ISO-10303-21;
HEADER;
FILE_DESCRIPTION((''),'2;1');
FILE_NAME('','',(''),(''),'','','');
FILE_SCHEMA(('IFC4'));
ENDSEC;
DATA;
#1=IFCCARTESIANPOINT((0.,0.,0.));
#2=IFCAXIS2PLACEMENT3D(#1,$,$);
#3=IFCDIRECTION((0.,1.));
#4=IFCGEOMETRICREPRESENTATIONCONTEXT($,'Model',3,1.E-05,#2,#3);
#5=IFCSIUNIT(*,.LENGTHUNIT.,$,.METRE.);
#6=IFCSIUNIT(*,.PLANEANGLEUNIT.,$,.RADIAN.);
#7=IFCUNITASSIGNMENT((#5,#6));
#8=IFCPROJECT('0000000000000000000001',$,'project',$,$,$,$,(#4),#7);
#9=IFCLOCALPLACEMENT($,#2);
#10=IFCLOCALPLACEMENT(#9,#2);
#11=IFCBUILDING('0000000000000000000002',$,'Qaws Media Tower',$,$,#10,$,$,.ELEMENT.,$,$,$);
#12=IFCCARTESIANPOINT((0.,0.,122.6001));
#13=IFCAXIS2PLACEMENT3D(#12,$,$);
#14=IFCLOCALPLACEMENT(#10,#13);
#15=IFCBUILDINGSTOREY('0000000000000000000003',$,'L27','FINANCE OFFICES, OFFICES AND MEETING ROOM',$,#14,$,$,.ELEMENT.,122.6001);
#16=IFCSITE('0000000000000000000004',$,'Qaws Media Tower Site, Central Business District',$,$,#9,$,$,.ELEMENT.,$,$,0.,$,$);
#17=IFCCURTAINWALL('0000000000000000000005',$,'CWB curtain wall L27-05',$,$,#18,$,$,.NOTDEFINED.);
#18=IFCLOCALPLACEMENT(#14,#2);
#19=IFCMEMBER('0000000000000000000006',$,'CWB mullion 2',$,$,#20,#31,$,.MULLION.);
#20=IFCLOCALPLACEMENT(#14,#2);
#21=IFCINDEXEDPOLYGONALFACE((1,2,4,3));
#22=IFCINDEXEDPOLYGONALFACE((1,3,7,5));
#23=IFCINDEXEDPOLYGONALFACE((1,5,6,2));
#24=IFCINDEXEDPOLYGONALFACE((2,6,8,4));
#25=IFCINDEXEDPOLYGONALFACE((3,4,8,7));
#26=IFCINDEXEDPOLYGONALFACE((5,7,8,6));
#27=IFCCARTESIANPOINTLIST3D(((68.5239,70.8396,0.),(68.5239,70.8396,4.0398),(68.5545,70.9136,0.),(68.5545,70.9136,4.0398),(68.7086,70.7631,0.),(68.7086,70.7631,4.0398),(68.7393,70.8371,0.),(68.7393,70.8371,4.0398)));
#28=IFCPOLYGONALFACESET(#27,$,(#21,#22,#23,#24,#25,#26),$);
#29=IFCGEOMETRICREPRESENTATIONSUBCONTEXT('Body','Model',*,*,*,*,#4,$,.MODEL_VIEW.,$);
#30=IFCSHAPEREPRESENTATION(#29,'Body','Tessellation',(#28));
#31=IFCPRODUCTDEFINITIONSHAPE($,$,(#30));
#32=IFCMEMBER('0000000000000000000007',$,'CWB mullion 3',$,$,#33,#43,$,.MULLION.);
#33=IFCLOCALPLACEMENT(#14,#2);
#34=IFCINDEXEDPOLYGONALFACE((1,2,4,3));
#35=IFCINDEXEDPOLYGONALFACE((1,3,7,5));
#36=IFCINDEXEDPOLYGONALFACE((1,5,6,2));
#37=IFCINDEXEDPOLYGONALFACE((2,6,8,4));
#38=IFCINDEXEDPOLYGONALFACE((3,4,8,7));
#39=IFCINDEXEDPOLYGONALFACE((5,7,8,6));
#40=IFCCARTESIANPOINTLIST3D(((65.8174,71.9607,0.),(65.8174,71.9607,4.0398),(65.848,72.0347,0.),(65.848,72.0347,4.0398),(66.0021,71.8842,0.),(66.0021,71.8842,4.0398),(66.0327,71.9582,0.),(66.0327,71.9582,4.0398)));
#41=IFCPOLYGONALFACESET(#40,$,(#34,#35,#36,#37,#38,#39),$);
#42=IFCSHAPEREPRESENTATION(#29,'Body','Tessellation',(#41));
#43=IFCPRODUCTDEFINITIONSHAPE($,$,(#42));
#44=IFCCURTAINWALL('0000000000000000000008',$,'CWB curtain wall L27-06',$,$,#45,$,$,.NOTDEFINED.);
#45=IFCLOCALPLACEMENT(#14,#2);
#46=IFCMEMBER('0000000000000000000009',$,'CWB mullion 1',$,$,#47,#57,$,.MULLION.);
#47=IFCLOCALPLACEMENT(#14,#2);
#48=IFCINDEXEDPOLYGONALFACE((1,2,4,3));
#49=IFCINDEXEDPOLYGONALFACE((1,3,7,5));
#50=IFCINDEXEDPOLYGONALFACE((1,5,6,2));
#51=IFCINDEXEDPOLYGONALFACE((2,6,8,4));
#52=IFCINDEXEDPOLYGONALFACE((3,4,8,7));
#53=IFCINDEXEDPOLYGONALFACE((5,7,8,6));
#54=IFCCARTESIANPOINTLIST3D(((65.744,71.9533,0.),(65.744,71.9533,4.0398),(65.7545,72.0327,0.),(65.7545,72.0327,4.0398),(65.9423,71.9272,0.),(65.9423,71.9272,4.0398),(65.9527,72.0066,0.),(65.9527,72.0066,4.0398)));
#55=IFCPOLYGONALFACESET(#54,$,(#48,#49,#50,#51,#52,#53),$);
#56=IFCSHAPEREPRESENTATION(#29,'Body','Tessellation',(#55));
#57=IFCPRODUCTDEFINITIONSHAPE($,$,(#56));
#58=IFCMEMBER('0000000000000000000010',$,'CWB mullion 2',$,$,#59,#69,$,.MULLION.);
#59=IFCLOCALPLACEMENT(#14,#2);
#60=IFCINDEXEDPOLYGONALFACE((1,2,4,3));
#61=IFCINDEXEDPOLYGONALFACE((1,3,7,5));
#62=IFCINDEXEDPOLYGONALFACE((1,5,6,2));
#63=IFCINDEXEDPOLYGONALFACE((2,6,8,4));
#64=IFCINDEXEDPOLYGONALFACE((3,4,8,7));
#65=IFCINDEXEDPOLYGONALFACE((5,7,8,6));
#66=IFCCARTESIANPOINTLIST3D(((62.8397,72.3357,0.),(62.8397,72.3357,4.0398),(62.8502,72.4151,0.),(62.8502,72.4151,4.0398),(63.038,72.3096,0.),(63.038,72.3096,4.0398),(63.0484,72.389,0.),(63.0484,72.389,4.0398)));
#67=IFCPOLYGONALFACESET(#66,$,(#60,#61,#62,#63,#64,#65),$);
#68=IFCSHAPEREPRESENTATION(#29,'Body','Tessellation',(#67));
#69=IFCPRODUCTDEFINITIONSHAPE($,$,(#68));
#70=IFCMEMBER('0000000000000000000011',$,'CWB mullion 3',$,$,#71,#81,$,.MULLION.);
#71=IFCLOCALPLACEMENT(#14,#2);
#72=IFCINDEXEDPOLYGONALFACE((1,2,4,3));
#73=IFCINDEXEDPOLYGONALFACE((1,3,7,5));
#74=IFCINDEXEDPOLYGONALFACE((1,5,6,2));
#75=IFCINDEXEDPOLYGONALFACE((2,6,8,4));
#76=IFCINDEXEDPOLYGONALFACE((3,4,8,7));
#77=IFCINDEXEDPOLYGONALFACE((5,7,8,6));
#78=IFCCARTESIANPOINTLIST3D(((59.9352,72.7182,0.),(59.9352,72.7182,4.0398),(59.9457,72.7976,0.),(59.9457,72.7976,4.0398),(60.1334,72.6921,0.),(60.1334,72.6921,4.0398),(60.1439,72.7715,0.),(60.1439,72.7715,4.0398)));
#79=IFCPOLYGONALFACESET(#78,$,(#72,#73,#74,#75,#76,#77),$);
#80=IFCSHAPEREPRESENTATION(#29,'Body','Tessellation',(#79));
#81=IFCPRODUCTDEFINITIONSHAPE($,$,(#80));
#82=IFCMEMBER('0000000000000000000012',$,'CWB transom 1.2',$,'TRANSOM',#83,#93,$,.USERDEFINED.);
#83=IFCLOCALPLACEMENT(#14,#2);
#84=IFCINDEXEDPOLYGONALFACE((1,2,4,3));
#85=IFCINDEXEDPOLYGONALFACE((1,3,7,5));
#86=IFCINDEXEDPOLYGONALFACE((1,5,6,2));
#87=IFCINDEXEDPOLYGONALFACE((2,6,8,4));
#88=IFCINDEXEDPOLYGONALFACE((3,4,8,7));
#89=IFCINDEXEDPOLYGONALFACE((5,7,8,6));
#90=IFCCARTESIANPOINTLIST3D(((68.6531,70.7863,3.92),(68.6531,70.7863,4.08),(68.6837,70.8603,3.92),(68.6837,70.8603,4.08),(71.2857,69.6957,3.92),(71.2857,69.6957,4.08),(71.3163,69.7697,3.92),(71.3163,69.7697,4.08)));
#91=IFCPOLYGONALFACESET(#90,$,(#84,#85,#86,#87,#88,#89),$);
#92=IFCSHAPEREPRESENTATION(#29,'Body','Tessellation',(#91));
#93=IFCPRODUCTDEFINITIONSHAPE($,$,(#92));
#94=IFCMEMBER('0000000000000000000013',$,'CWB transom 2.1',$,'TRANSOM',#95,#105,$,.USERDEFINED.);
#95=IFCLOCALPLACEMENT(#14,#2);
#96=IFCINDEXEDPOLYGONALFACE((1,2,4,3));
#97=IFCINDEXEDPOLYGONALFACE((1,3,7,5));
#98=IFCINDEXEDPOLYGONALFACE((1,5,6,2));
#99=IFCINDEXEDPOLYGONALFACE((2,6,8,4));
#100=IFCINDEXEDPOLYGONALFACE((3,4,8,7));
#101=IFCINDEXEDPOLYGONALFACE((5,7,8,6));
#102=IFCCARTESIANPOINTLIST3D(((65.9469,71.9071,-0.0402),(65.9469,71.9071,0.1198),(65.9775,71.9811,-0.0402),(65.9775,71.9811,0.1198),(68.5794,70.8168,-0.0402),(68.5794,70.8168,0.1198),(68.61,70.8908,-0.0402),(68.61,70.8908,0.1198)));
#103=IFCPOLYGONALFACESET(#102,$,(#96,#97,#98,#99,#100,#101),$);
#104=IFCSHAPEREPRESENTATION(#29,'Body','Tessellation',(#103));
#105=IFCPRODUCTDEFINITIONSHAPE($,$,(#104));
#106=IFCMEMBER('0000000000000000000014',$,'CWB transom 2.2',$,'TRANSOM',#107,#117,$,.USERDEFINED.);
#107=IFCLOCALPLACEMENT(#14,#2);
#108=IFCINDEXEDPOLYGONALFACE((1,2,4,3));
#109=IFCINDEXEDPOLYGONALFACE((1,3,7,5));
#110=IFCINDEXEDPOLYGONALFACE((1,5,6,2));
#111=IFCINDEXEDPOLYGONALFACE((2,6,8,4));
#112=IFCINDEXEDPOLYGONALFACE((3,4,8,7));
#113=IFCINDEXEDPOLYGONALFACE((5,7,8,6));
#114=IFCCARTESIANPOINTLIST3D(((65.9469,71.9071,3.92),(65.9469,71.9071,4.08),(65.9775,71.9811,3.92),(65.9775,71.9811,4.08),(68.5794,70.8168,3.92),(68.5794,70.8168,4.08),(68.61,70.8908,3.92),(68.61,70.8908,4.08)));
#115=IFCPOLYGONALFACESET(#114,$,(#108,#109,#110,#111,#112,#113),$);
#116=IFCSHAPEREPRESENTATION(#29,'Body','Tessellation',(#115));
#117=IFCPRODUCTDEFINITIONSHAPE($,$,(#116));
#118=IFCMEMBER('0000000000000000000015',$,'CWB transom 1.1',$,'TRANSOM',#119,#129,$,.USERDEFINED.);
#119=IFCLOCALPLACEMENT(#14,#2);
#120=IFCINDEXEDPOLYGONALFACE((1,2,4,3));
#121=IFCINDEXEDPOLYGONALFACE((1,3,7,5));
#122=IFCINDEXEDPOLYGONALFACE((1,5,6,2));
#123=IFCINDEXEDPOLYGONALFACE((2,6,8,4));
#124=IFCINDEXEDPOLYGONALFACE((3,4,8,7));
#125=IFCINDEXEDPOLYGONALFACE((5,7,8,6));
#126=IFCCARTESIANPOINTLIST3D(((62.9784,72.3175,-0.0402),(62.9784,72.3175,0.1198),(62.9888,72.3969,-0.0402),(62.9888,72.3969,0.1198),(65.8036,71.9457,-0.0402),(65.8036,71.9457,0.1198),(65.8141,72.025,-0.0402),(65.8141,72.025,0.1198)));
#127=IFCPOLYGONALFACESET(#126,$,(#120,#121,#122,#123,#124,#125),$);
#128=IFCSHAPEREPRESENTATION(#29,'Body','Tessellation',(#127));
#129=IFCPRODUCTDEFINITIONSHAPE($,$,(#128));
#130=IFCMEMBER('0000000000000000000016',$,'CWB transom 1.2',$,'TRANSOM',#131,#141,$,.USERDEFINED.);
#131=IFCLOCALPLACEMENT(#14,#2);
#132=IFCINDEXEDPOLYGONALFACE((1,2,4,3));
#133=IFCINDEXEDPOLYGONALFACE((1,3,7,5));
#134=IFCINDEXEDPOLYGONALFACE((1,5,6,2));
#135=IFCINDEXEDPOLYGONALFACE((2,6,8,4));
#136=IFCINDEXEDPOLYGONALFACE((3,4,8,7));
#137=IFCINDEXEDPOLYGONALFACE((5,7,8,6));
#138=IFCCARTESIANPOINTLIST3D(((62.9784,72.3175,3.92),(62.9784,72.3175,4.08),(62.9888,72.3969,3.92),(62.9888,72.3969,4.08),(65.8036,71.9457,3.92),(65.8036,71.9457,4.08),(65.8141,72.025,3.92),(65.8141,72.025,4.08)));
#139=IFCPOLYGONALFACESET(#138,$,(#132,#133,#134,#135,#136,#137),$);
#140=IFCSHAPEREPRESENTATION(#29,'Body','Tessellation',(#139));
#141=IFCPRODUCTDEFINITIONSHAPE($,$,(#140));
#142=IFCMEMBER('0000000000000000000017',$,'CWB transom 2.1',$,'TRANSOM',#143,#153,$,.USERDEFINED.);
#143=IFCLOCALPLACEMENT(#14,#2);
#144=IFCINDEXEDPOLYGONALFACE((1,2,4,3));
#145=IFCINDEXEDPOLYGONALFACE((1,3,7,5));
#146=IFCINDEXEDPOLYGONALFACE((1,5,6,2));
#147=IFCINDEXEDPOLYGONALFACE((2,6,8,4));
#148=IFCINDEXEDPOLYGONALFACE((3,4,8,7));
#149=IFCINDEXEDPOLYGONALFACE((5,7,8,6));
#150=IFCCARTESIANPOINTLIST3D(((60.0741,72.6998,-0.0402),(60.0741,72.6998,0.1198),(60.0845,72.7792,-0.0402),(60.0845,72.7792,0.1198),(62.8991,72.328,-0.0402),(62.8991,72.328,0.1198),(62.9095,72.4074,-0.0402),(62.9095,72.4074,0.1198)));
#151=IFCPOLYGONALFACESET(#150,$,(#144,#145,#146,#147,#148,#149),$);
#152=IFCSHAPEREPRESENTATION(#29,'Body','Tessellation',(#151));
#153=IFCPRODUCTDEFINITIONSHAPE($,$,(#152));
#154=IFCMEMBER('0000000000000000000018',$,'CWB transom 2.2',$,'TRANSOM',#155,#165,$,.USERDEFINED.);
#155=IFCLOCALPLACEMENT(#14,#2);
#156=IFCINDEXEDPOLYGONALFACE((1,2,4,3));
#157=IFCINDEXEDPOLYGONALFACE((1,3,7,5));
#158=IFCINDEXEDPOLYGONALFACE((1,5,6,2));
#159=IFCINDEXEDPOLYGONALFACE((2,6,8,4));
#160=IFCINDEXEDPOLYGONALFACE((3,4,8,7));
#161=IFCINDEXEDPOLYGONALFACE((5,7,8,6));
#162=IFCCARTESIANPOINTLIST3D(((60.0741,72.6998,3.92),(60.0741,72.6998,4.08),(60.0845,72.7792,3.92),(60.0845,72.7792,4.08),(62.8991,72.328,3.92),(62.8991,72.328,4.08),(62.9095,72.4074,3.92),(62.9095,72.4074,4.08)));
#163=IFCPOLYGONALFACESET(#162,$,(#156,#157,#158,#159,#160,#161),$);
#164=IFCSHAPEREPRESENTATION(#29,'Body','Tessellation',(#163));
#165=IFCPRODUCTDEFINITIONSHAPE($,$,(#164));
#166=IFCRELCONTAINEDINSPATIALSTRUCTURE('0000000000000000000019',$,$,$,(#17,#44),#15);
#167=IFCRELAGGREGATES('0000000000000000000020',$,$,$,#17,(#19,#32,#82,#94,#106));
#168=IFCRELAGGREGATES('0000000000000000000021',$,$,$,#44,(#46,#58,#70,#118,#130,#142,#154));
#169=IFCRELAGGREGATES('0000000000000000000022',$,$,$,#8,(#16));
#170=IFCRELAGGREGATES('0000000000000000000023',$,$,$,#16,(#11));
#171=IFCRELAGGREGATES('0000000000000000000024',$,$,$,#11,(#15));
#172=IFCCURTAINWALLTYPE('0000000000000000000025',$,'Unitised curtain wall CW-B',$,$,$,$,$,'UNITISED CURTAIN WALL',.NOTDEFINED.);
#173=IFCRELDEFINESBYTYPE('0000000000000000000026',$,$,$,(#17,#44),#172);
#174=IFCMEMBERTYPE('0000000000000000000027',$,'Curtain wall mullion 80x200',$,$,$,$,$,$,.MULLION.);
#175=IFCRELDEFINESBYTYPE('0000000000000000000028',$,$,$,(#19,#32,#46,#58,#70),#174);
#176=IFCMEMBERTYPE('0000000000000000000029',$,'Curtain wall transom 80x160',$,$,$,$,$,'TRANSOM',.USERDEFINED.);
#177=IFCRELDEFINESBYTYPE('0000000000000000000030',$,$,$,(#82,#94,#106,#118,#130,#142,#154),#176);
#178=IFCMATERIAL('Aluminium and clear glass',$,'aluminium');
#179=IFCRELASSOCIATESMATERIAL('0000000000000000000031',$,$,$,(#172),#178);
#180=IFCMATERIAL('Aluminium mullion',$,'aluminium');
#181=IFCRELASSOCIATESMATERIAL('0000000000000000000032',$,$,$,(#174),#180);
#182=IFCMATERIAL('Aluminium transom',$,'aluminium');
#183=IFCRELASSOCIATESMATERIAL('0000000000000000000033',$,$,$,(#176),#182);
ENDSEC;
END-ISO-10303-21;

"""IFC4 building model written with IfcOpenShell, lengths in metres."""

from ifc_helpers import new_model, si_unit, direction, frame, origin, origin_2d, place, context, subcontext, project, spatial, rectangle, extrude, material, material_profile, profile_set, type_object, element, aggregate, save


model = new_model("IFC4")

# Units and contexts
model_context = context("Model", 3, precision=1e-05, world=origin(), true_north=direction((0.0, 1.0)))
body_context = subcontext(model_context, "Body", "Model", "MODEL_VIEW")
ifc_project = project(units=[si_unit("LENGTHUNIT", "METRE"), si_unit("PLANEANGLEUNIT", "RADIAN")], contexts=[model_context])

# Site, building, storey
site_placement = place(None, origin())
site = spatial("IfcSite", under=ifc_project, at=site_placement, Name="Qaws Media Tower Site, Central Business District", CompositionType="ELEMENT", RefElevation=0.0)
building_placement = place(site_placement, origin())
building = spatial("IfcBuilding", under=site, at=building_placement, Name="Qaws Media Tower", CompositionType="ELEMENT")
storey_placement = place(building_placement, frame((0.0, 0.0, 122.6001)))
storey = spatial("IfcBuildingStorey", under=building, at=storey_placement, Name="L27", Description="FINANCE OFFICES, OFFICES AND MEETING ROOM", CompositionType="ELEMENT", Elevation=122.6001)

# Curtain walls, members
ifc_material_1 = material(Name="Aluminium and clear glass", Category="aluminium")
curtain_wall_type = type_object("IfcCurtainWallType", Name="Unitised curtain wall CW-B", ElementType="UNITISED CURTAIN WALL", PredefinedType="NOTDEFINED", material=ifc_material_1)
curtain_wall_1_placement = place(storey_placement, origin())
curtain_wall_1 = element("IfcCurtainWall", 1, at=curtain_wall_1_placement, inside=storey, type_object=curtain_wall_type, Name="CWB curtain wall L27-05", PredefinedType="NOTDEFINED")
ifc_material_2 = material(Name="Aluminium mullion", Category="aluminium")
ifc_material_profile_1 = material_profile(ifc_material_2, rectangle(XDim=0.0801, YDim=0.2, at=origin_2d()), Name="80x200")
ifc_profile_set_1 = profile_set([ifc_material_profile_1], Name="Aluminium mullion")
member_type_1 = type_object("IfcMemberType", Name="Curtain wall mullion 80x200", PredefinedType="MULLION", material=ifc_profile_set_1)
member_1_placement = place(storey_placement, frame((68.6316, 70.8384, 0.0), z_axis=(0.0, 0.0, 1.0), x_axis=(-0.382683, -0.92388, 0.0)))
member_1 = element("IfcMember", 2, at=member_1_placement, type_object=member_type_1, Name="CWB mullion 2", PredefinedType="MULLION", context=body_context, shape_type="SweptSolid", body=[
    extrude(rectangle(XDim=0.0801, YDim=0.2, at=origin_2d()), origin(), (0.0, 0.0, 1.0), 4.0398),
])
member_2_placement = place(storey_placement, frame((65.925, 71.9595, 0.0), z_axis=(0.0, 0.0, 1.0), x_axis=(-0.382683, -0.92388, 0.0)))
member_2 = element("IfcMember", 3, at=member_2_placement, type_object=member_type_1, Name="CWB mullion 3", PredefinedType="MULLION", context=body_context, shape_type="SweptSolid", body=[
    extrude(rectangle(XDim=0.0801, YDim=0.2, at=origin_2d()), origin(), (0.0, 0.0, 1.0), 4.0398),
])
curtain_wall_2_placement = place(storey_placement, origin())
curtain_wall_2 = element("IfcCurtainWall", 4, at=curtain_wall_2_placement, inside=storey, type_object=curtain_wall_type, Name="CWB curtain wall L27-06", PredefinedType="NOTDEFINED")
member_3_placement = place(storey_placement, frame((65.8484, 71.98, 0.0), z_axis=(0.0, 0.0, 1.0), x_axis=(-0.130526, -0.991445, 0.0)))
member_3 = element("IfcMember", 5, at=member_3_placement, type_object=member_type_1, Name="CWB mullion 1", PredefinedType="MULLION", context=body_context, shape_type="SweptSolid", body=[
    extrude(rectangle(XDim=0.0801, YDim=0.2, at=origin_2d()), origin(), (0.0, 0.0, 1.0), 4.0398),
])
member_4_placement = place(storey_placement, frame((62.9441, 72.3623, 0.0), z_axis=(0.0, 0.0, 1.0), x_axis=(-0.130526, -0.991445, 0.0)))
member_4 = element("IfcMember", 6, at=member_4_placement, type_object=member_type_1, Name="CWB mullion 2", PredefinedType="MULLION", context=body_context, shape_type="SweptSolid", body=[
    extrude(rectangle(XDim=0.0801, YDim=0.2, at=origin_2d()), origin(), (0.0, 0.0, 1.0), 4.0398),
])
member_5_placement = place(storey_placement, frame((60.0396, 72.7449, 0.0), z_axis=(0.0, 0.0, 1.0), x_axis=(-0.130526, -0.991445, 0.0)))
member_5 = element("IfcMember", 7, at=member_5_placement, type_object=member_type_1, Name="CWB mullion 3", PredefinedType="MULLION", context=body_context, shape_type="SweptSolid", body=[
    extrude(rectangle(XDim=0.0801, YDim=0.2, at=origin_2d()), origin(), (0.0, 0.0, 1.0), 4.0398),
])

# Members
ifc_material_3 = material(Name="Aluminium transom", Category="aluminium")
ifc_material_profile_2 = material_profile(ifc_material_3, rectangle(XDim=0.0801, YDim=0.1599, at=origin_2d()), Name="80x160")
ifc_profile_set_2 = profile_set([ifc_material_profile_2], Name="Aluminium transom")
member_type_2 = type_object("IfcMemberType", Name="Curtain wall transom 80x160", ElementType="TRANSOM", PredefinedType="USERDEFINED", material=ifc_profile_set_2)
member_6_placement = place(storey_placement, frame((71.301, 69.7327, 4.0), z_axis=(-0.923863, 0.382723, 0.0), x_axis=(-0.382723, -0.923863, 0.0)))
member_6 = element("IfcMember", 8, at=member_6_placement, type_object=member_type_2, Name="CWB transom 1.2", ObjectType="TRANSOM", PredefinedType="USERDEFINED", context=body_context, shape_type="SweptSolid", body=[
    extrude(rectangle(XDim=0.0801, YDim=0.1599, at=origin_2d()), origin(), (0.0, 0.0, 1.0), 2.8496),
])
member_7_placement = place(storey_placement, frame((68.5947, 70.8538, 0.0398), z_axis=(-0.923894, 0.382649, 0.0), x_axis=(-0.382649, -0.923894, 0.0)))
member_7 = element("IfcMember", 9, at=member_7_placement, type_object=member_type_2, Name="CWB transom 2.1", ObjectType="TRANSOM", PredefinedType="USERDEFINED", context=body_context, shape_type="SweptSolid", body=[
    extrude(rectangle(XDim=0.0801, YDim=0.1599, at=origin_2d()), origin(), (0.0, 0.0, 1.0), 2.8494),
])
member_8_placement = place(storey_placement, frame((68.5947, 70.8538, 4.0), z_axis=(-0.923894, 0.382649, 0.0), x_axis=(-0.382649, -0.923894, 0.0)))
member_8 = element("IfcMember", 10, at=member_8_placement, type_object=member_type_2, Name="CWB transom 2.2", ObjectType="TRANSOM", PredefinedType="USERDEFINED", context=body_context, shape_type="SweptSolid", body=[
    extrude(rectangle(XDim=0.0801, YDim=0.1599, at=origin_2d()), origin(), (0.0, 0.0, 1.0), 2.8494),
])
member_9_placement = place(storey_placement, frame((65.8088, 71.9854, 0.0398), z_axis=(-0.99145, 0.130486, 0.0), x_axis=(-0.130486, -0.99145, 0.0)))
member_9 = element("IfcMember", 11, at=member_9_placement, type_object=member_type_2, Name="CWB transom 1.1", ObjectType="TRANSOM", PredefinedType="USERDEFINED", context=body_context, shape_type="SweptSolid", body=[
    extrude(rectangle(XDim=0.0801, YDim=0.1599, at=origin_2d()), origin(), (0.0, 0.0, 1.0), 2.8496),
])
member_10_placement = place(storey_placement, frame((65.8088, 71.9854, 4.0), z_axis=(-0.99145, 0.130486, 0.0), x_axis=(-0.130486, -0.99145, 0.0)))
member_10 = element("IfcMember", 12, at=member_10_placement, type_object=member_type_2, Name="CWB transom 1.2", ObjectType="TRANSOM", PredefinedType="USERDEFINED", context=body_context, shape_type="SweptSolid", body=[
    extrude(rectangle(XDim=0.0801, YDim=0.1599, at=origin_2d()), origin(), (0.0, 0.0, 1.0), 2.8496),
])
member_11_placement = place(storey_placement, frame((62.9043, 72.3677, 0.0398), z_axis=(-0.991449, 0.130497, 0.0), x_axis=(-0.130497, -0.991449, 0.0)))
member_11 = element("IfcMember", 13, at=member_11_placement, type_object=member_type_2, Name="CWB transom 2.1", ObjectType="TRANSOM", PredefinedType="USERDEFINED", context=body_context, shape_type="SweptSolid", body=[
    extrude(rectangle(XDim=0.0801, YDim=0.1599, at=origin_2d()), origin(), (0.0, 0.0, 1.0), 2.8494),
])
member_12_placement = place(storey_placement, frame((62.9043, 72.3677, 4.0), z_axis=(-0.991449, 0.130497, 0.0), x_axis=(-0.130497, -0.991449, 0.0)))
member_12 = element("IfcMember", 14, at=member_12_placement, type_object=member_type_2, Name="CWB transom 2.2", ObjectType="TRANSOM", PredefinedType="USERDEFINED", context=body_context, shape_type="SweptSolid", body=[
    extrude(rectangle(XDim=0.0801, YDim=0.1599, at=origin_2d()), origin(), (0.0, 0.0, 1.0), 2.8494),
])

aggregate(curtain_wall_1, [member_1, member_2, member_6, member_7, member_8])
aggregate(curtain_wall_2, [member_3, member_4, member_5, member_9, member_10, member_11, member_12])

save(model, "model.ifc")
